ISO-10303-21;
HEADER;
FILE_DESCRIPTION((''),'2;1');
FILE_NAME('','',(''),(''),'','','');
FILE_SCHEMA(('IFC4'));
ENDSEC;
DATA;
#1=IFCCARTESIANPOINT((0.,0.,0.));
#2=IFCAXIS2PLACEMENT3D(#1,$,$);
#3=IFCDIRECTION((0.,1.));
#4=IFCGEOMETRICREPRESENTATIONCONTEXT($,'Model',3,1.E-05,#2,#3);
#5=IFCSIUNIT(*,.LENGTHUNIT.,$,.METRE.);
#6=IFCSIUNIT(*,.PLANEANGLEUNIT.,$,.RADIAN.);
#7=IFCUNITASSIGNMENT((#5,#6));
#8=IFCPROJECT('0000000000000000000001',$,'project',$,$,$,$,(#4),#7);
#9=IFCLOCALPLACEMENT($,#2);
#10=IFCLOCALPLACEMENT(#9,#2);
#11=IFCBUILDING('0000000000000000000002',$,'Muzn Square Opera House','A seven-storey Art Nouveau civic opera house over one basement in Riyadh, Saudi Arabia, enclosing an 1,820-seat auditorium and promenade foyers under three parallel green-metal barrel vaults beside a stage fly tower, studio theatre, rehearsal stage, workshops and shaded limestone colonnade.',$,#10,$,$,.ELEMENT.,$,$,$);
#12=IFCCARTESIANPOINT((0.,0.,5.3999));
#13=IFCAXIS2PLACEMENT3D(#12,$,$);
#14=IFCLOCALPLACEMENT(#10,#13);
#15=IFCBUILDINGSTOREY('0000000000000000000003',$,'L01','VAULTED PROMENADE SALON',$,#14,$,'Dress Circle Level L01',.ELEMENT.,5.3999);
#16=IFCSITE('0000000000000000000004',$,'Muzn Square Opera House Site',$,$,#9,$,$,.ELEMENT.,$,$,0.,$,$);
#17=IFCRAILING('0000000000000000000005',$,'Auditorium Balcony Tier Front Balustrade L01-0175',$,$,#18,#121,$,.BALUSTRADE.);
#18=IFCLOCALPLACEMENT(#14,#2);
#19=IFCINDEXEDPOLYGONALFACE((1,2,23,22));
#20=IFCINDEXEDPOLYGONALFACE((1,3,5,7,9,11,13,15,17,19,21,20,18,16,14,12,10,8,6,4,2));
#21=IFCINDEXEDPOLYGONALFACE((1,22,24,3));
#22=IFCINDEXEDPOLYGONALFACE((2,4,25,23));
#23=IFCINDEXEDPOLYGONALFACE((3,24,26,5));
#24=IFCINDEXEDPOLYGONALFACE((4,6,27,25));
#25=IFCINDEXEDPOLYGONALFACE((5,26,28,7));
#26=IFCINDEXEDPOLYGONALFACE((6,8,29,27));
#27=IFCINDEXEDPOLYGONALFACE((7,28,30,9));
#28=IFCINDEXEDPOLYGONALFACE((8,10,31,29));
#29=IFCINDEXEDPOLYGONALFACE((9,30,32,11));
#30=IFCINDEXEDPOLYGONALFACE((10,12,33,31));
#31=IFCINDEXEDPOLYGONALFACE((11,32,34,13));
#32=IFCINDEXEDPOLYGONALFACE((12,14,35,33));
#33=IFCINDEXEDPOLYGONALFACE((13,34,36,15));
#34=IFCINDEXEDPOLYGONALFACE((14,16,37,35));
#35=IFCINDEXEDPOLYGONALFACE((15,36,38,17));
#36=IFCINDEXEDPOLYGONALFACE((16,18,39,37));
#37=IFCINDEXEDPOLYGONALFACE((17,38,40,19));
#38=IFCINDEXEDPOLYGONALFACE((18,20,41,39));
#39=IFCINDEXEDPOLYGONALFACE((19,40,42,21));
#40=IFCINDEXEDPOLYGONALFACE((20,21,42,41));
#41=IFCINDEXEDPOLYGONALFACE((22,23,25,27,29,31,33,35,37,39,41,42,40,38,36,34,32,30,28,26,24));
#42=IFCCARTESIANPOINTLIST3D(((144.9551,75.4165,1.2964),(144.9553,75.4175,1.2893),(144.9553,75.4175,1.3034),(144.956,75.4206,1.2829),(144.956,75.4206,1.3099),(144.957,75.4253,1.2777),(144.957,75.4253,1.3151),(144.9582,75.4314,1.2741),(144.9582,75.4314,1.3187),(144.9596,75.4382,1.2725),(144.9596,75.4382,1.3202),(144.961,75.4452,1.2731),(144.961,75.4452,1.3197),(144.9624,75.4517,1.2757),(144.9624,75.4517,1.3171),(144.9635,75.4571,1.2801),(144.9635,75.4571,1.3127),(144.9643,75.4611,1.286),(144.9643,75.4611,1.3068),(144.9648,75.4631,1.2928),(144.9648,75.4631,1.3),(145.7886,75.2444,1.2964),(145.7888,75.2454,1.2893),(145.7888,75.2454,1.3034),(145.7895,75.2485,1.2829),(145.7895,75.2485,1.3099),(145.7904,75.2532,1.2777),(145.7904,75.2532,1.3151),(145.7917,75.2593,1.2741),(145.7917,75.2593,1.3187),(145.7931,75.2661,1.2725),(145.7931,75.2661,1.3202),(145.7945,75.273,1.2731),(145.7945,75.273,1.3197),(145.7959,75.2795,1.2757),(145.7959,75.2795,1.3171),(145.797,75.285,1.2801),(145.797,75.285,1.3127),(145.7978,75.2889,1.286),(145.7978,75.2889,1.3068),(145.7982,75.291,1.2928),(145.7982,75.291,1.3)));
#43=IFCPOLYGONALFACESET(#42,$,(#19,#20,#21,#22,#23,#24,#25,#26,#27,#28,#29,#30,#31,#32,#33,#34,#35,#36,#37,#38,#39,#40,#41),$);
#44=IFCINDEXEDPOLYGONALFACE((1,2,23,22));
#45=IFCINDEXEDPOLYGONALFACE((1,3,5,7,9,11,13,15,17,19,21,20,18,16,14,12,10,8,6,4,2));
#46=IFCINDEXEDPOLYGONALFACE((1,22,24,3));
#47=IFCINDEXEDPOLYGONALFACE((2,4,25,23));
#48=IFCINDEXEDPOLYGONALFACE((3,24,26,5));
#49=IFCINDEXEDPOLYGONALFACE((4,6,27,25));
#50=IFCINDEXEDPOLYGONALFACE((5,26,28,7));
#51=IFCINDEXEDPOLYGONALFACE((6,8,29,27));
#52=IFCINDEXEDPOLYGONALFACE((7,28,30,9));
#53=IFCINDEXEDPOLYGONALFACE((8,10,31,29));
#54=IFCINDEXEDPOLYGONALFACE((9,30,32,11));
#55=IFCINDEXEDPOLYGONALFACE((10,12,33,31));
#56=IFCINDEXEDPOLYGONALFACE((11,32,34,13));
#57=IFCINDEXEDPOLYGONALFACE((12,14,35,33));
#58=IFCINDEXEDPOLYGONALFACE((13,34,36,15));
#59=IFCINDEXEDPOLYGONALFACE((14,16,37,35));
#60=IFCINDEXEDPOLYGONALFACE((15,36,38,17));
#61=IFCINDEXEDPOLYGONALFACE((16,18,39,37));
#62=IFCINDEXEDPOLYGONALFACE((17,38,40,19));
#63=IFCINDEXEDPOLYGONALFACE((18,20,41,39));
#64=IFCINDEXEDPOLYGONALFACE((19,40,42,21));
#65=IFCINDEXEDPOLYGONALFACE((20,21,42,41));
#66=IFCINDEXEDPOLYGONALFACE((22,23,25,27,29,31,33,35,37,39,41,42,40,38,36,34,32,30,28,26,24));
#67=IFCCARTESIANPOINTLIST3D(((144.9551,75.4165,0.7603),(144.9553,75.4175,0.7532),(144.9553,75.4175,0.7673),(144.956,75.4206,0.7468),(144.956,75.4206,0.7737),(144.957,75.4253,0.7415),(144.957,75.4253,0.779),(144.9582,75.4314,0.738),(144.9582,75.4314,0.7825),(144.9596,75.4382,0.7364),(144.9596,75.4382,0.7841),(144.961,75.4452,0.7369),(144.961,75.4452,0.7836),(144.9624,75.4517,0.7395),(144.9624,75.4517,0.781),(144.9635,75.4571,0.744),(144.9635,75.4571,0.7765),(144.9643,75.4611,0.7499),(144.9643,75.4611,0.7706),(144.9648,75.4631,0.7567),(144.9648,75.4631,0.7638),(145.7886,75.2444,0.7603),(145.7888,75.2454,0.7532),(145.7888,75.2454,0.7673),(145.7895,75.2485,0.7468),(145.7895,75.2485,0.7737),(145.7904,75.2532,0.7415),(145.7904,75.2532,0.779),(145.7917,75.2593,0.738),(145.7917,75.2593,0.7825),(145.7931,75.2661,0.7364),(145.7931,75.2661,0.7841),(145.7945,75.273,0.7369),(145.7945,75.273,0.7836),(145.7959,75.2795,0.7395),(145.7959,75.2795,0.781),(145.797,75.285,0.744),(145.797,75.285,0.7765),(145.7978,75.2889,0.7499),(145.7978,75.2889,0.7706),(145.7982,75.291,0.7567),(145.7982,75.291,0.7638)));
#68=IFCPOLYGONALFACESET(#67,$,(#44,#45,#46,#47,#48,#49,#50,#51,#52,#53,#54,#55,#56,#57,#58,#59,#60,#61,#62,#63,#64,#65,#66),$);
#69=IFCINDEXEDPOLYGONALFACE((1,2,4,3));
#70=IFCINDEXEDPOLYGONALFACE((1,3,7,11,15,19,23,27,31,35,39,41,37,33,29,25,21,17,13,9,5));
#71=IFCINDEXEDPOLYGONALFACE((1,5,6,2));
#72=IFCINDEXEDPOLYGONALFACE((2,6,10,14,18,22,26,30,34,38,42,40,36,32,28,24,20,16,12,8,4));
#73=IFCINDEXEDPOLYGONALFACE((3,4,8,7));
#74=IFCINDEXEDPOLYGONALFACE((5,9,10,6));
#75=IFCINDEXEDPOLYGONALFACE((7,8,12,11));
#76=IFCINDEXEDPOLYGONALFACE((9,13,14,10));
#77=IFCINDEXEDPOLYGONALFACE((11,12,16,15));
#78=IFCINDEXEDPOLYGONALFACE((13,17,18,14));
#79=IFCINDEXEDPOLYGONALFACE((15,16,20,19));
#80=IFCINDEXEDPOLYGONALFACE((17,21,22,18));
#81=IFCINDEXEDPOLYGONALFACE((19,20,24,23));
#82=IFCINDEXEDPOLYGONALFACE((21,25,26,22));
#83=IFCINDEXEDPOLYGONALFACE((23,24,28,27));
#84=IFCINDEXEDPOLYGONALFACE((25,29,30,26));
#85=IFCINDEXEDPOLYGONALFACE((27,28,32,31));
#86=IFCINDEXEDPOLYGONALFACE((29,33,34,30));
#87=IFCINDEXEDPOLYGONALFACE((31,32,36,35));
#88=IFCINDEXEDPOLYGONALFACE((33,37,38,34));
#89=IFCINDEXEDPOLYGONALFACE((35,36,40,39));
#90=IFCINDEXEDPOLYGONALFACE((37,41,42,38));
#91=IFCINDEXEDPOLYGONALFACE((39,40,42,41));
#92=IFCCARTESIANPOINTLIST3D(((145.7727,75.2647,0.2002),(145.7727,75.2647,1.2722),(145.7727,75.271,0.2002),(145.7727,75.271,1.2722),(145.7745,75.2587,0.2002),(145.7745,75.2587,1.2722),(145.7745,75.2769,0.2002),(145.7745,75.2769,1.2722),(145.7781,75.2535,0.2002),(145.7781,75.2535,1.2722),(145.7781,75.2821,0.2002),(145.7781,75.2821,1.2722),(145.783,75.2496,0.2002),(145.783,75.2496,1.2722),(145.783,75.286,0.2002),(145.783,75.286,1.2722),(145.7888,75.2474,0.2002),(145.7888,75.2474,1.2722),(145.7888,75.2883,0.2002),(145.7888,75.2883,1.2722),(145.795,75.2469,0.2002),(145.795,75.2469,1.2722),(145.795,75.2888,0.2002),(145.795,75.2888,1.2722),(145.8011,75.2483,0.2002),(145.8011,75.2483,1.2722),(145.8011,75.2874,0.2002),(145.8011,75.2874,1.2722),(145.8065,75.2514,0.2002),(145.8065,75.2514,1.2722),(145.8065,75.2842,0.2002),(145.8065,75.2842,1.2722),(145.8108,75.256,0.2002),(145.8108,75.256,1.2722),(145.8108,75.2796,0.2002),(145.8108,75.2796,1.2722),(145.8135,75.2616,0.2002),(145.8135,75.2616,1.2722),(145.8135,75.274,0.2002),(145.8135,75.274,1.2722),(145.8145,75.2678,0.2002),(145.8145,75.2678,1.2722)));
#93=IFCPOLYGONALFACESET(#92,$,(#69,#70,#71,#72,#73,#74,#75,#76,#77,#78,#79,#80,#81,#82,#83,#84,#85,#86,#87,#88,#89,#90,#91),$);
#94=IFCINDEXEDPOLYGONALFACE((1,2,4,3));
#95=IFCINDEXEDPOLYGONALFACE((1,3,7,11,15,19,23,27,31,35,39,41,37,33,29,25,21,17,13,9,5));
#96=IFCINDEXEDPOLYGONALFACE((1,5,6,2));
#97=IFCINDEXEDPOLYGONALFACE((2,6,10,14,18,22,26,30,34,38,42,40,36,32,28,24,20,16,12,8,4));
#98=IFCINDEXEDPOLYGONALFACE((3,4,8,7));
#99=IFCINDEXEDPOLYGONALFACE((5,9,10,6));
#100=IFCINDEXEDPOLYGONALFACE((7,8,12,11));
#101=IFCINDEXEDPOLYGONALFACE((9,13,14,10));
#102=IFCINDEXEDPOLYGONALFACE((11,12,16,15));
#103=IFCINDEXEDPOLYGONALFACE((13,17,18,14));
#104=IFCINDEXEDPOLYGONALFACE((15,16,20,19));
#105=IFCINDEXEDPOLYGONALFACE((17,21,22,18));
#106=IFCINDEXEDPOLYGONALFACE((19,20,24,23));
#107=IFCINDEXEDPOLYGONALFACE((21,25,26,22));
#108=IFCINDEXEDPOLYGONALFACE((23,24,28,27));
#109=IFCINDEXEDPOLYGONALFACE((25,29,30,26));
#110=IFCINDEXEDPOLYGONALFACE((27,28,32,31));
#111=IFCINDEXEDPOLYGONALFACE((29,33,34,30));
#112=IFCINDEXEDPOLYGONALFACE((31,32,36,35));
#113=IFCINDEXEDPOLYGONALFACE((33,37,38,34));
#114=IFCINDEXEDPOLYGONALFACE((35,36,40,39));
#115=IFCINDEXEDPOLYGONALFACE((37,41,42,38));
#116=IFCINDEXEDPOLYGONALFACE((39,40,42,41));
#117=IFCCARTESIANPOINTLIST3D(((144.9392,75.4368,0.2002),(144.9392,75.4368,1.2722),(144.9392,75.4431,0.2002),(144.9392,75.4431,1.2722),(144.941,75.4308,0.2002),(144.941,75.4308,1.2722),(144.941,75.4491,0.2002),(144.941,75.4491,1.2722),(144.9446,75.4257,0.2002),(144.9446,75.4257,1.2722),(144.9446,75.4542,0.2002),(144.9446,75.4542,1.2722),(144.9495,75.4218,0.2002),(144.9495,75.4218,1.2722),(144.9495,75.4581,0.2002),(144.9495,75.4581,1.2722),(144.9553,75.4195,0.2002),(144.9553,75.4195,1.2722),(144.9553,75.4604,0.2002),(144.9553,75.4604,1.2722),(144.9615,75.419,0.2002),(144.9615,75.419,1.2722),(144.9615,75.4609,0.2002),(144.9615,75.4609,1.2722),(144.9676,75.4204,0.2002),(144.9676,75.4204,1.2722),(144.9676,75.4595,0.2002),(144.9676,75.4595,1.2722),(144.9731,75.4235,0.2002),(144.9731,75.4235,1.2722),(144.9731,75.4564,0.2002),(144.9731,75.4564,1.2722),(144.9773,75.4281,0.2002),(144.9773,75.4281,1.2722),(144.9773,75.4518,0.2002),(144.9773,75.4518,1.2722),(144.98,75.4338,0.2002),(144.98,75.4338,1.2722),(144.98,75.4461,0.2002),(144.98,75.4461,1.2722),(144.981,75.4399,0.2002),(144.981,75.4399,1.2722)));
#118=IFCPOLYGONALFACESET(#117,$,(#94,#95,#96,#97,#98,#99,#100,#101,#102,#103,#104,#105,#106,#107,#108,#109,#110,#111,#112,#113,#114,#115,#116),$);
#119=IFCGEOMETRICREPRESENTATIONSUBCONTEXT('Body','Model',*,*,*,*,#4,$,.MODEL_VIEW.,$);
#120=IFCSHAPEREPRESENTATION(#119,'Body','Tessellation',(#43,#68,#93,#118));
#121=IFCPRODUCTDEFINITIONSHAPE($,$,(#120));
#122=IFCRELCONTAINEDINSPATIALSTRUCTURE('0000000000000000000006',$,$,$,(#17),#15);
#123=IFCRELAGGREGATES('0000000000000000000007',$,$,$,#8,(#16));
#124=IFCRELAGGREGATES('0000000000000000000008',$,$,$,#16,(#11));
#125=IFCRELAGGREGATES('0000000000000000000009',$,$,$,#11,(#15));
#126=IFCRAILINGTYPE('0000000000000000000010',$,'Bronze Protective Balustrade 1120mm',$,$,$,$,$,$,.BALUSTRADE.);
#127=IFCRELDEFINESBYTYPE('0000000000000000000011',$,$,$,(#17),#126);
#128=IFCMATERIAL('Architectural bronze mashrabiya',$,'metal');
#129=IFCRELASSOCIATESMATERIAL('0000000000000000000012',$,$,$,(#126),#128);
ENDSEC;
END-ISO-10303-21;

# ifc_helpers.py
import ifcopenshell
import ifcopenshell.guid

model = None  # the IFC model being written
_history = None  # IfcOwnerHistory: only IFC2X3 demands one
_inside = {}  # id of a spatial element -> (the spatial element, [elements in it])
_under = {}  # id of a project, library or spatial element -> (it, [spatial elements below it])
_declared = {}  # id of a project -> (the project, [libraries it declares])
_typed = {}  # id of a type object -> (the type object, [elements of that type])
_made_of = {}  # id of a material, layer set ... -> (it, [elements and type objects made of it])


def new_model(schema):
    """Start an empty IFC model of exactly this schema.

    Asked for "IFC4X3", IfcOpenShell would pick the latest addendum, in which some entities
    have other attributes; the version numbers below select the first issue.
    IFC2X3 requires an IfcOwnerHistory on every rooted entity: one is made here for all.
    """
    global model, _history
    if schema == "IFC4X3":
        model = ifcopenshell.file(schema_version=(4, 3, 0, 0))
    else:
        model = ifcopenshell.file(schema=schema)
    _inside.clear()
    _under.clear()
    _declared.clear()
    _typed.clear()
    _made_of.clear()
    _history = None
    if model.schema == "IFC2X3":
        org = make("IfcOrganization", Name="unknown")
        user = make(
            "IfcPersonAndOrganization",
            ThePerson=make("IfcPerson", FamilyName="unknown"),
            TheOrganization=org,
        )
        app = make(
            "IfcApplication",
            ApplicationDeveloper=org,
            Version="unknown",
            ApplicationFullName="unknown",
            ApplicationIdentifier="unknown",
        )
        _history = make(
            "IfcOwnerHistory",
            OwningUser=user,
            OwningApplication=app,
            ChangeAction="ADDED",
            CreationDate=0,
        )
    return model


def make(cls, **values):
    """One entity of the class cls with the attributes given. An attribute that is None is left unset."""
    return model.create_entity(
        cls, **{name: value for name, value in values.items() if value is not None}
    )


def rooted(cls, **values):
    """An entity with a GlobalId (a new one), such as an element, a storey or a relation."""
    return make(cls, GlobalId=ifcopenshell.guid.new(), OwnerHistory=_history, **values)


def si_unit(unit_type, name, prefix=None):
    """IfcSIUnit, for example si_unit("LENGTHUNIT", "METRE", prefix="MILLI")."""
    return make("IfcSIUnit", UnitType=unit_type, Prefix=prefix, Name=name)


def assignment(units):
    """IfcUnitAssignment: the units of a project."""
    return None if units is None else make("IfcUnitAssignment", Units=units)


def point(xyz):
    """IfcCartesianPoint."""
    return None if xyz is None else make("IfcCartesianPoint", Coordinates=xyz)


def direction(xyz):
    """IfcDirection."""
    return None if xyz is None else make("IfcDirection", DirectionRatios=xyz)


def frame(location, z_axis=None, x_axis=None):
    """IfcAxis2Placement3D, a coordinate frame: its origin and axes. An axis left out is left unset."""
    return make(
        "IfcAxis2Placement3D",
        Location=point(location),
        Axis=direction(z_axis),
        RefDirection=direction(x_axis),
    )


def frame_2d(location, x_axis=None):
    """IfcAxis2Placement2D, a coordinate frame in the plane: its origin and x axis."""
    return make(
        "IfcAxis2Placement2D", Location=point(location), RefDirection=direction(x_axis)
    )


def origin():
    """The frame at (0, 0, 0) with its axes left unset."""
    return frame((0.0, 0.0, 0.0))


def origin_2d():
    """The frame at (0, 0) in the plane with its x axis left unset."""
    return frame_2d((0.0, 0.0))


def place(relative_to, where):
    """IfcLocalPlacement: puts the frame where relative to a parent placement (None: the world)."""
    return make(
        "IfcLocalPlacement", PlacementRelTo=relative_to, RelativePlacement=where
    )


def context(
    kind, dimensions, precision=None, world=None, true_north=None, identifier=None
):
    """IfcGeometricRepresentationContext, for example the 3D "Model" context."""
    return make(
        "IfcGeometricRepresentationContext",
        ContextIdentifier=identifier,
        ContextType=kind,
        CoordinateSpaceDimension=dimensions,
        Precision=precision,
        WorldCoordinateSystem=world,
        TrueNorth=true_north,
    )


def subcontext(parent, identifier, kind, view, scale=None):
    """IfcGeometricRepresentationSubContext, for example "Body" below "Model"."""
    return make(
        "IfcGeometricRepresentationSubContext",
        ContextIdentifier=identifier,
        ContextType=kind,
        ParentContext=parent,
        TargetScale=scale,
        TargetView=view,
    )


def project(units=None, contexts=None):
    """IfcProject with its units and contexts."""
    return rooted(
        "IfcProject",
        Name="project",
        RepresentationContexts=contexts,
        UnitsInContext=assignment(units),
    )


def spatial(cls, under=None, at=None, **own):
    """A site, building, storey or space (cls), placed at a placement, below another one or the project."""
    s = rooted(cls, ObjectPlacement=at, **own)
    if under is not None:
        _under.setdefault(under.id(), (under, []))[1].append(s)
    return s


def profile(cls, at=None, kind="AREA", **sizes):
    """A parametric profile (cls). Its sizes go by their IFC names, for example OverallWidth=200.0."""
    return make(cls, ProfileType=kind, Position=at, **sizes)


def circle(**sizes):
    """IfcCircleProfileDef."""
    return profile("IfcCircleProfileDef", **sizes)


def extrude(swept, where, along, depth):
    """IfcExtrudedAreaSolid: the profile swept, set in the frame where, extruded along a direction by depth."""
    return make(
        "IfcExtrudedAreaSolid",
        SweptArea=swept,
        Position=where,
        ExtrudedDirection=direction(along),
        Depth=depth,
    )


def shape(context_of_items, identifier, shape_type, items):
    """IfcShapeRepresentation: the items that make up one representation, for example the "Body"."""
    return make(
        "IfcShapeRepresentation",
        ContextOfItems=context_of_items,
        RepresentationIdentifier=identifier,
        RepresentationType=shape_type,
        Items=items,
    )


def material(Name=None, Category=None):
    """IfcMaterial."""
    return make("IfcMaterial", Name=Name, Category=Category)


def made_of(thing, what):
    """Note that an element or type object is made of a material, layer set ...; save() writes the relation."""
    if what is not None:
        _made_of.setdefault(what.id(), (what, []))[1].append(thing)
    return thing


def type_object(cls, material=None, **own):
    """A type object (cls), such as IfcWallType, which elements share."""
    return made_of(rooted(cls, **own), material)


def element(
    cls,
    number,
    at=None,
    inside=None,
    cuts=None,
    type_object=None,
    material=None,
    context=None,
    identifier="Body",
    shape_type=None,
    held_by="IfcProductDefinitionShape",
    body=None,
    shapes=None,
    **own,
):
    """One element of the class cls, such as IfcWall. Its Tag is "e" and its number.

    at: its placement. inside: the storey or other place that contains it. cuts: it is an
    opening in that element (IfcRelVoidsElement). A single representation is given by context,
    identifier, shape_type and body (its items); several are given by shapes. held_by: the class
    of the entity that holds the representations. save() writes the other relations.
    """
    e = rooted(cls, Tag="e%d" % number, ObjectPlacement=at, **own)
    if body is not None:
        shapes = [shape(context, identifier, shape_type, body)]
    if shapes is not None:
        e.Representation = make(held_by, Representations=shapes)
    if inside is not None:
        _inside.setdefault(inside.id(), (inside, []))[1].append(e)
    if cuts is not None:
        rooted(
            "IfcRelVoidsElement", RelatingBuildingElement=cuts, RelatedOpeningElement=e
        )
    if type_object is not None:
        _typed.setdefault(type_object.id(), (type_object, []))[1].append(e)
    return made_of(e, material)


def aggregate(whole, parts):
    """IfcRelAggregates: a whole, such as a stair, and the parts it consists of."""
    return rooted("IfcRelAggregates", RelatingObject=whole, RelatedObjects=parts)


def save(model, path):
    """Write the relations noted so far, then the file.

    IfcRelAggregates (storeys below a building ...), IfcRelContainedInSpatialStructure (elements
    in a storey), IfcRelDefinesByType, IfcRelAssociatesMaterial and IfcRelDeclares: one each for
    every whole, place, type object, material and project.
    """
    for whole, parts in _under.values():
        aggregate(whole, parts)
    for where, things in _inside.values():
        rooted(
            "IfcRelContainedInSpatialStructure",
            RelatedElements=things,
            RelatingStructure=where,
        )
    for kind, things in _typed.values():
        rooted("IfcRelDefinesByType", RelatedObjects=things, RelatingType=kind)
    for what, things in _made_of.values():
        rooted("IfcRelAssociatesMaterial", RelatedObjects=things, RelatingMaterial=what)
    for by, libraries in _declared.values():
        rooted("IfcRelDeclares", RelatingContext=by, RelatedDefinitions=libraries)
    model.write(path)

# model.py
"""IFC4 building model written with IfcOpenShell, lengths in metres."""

from ifc_helpers import new_model, si_unit, direction, frame, origin, origin_2d, place, context, subcontext, project, spatial, circle, extrude, material, type_object, element, save


model = new_model("IFC4")

# Units and contexts
model_context = context("Model", 3, precision=1e-05, world=origin(), true_north=direction((0.0, 1.0)))
body_context = subcontext(model_context, "Body", "Model", "MODEL_VIEW")
ifc_project = project(units=[si_unit("LENGTHUNIT", "METRE"), si_unit("PLANEANGLEUNIT", "RADIAN")], contexts=[model_context])

# Site, building, storey
site_placement = place(None, origin())
site = spatial("IfcSite", under=ifc_project, at=site_placement, Name="Muzn Square Opera House Site", CompositionType="ELEMENT", RefElevation=0.0)
building_placement = place(site_placement, origin())
building = spatial("IfcBuilding", under=site, at=building_placement, Name="Muzn Square Opera House", Description="A seven-storey Art Nouveau civic opera house over one basement in Riyadh, Saudi Arabia, enclosing an 1,820-seat auditorium and promenade foyers under three parallel green-metal barrel vaults beside a stage fly tower, studio theatre, rehearsal stage, workshops and shaded limestone colonnade.", CompositionType="ELEMENT")
storey_placement = place(building_placement, frame((0.0, 0.0, 5.3999)))
storey = spatial("IfcBuildingStorey", under=building, at=storey_placement, Name="L01", Description="VAULTED PROMENADE SALON", LongName="Dress Circle Level L01", CompositionType="ELEMENT", Elevation=5.3999)

# Railing
ifc_material_1 = material(Name="Architectural bronze mashrabiya", Category="metal")
railing_type = type_object("IfcRailingType", Name="Bronze Protective Balustrade 1120mm", PredefinedType="BALUSTRADE", material=ifc_material_1)
railing_1_placement = place(storey_placement, frame((145.7935, 75.2678, 0.2002)))
element("IfcRailing", 1, at=railing_1_placement, inside=storey, type_object=railing_type, Name="Auditorium Balcony Tier Front Balustrade L01-0175", PredefinedType="BALUSTRADE", context=body_context, shape_type="SweptSolid", body=[
    extrude(circle(Radius=0.0239, at=origin_2d()), frame((0.0, 0.0, 1.0962), z_axis=(-0.979337, 0.202236, 0.0), x_axis=(-0.202236, -0.979337, 0.0)), (0.0, 0.0, 1.0), 0.8511),
    extrude(circle(Radius=0.0239, at=origin_2d()), frame((0.0, 0.0, 0.5601), z_axis=(-0.979337, 0.202236, 0.0), x_axis=(-0.202236, -0.979337, 0.0)), (0.0, 0.0, 1.0), 0.8511),
    extrude(circle(Radius=0.021, at=origin_2d()), origin(), (0.0, 0.0, 1.0), 1.072),
    extrude(circle(Radius=0.021, at=origin_2d()), frame((-0.8335, 0.1721, 0.0)), (0.0, 0.0, 1.0), 1.072),
])

save(model, "model.ifc")
